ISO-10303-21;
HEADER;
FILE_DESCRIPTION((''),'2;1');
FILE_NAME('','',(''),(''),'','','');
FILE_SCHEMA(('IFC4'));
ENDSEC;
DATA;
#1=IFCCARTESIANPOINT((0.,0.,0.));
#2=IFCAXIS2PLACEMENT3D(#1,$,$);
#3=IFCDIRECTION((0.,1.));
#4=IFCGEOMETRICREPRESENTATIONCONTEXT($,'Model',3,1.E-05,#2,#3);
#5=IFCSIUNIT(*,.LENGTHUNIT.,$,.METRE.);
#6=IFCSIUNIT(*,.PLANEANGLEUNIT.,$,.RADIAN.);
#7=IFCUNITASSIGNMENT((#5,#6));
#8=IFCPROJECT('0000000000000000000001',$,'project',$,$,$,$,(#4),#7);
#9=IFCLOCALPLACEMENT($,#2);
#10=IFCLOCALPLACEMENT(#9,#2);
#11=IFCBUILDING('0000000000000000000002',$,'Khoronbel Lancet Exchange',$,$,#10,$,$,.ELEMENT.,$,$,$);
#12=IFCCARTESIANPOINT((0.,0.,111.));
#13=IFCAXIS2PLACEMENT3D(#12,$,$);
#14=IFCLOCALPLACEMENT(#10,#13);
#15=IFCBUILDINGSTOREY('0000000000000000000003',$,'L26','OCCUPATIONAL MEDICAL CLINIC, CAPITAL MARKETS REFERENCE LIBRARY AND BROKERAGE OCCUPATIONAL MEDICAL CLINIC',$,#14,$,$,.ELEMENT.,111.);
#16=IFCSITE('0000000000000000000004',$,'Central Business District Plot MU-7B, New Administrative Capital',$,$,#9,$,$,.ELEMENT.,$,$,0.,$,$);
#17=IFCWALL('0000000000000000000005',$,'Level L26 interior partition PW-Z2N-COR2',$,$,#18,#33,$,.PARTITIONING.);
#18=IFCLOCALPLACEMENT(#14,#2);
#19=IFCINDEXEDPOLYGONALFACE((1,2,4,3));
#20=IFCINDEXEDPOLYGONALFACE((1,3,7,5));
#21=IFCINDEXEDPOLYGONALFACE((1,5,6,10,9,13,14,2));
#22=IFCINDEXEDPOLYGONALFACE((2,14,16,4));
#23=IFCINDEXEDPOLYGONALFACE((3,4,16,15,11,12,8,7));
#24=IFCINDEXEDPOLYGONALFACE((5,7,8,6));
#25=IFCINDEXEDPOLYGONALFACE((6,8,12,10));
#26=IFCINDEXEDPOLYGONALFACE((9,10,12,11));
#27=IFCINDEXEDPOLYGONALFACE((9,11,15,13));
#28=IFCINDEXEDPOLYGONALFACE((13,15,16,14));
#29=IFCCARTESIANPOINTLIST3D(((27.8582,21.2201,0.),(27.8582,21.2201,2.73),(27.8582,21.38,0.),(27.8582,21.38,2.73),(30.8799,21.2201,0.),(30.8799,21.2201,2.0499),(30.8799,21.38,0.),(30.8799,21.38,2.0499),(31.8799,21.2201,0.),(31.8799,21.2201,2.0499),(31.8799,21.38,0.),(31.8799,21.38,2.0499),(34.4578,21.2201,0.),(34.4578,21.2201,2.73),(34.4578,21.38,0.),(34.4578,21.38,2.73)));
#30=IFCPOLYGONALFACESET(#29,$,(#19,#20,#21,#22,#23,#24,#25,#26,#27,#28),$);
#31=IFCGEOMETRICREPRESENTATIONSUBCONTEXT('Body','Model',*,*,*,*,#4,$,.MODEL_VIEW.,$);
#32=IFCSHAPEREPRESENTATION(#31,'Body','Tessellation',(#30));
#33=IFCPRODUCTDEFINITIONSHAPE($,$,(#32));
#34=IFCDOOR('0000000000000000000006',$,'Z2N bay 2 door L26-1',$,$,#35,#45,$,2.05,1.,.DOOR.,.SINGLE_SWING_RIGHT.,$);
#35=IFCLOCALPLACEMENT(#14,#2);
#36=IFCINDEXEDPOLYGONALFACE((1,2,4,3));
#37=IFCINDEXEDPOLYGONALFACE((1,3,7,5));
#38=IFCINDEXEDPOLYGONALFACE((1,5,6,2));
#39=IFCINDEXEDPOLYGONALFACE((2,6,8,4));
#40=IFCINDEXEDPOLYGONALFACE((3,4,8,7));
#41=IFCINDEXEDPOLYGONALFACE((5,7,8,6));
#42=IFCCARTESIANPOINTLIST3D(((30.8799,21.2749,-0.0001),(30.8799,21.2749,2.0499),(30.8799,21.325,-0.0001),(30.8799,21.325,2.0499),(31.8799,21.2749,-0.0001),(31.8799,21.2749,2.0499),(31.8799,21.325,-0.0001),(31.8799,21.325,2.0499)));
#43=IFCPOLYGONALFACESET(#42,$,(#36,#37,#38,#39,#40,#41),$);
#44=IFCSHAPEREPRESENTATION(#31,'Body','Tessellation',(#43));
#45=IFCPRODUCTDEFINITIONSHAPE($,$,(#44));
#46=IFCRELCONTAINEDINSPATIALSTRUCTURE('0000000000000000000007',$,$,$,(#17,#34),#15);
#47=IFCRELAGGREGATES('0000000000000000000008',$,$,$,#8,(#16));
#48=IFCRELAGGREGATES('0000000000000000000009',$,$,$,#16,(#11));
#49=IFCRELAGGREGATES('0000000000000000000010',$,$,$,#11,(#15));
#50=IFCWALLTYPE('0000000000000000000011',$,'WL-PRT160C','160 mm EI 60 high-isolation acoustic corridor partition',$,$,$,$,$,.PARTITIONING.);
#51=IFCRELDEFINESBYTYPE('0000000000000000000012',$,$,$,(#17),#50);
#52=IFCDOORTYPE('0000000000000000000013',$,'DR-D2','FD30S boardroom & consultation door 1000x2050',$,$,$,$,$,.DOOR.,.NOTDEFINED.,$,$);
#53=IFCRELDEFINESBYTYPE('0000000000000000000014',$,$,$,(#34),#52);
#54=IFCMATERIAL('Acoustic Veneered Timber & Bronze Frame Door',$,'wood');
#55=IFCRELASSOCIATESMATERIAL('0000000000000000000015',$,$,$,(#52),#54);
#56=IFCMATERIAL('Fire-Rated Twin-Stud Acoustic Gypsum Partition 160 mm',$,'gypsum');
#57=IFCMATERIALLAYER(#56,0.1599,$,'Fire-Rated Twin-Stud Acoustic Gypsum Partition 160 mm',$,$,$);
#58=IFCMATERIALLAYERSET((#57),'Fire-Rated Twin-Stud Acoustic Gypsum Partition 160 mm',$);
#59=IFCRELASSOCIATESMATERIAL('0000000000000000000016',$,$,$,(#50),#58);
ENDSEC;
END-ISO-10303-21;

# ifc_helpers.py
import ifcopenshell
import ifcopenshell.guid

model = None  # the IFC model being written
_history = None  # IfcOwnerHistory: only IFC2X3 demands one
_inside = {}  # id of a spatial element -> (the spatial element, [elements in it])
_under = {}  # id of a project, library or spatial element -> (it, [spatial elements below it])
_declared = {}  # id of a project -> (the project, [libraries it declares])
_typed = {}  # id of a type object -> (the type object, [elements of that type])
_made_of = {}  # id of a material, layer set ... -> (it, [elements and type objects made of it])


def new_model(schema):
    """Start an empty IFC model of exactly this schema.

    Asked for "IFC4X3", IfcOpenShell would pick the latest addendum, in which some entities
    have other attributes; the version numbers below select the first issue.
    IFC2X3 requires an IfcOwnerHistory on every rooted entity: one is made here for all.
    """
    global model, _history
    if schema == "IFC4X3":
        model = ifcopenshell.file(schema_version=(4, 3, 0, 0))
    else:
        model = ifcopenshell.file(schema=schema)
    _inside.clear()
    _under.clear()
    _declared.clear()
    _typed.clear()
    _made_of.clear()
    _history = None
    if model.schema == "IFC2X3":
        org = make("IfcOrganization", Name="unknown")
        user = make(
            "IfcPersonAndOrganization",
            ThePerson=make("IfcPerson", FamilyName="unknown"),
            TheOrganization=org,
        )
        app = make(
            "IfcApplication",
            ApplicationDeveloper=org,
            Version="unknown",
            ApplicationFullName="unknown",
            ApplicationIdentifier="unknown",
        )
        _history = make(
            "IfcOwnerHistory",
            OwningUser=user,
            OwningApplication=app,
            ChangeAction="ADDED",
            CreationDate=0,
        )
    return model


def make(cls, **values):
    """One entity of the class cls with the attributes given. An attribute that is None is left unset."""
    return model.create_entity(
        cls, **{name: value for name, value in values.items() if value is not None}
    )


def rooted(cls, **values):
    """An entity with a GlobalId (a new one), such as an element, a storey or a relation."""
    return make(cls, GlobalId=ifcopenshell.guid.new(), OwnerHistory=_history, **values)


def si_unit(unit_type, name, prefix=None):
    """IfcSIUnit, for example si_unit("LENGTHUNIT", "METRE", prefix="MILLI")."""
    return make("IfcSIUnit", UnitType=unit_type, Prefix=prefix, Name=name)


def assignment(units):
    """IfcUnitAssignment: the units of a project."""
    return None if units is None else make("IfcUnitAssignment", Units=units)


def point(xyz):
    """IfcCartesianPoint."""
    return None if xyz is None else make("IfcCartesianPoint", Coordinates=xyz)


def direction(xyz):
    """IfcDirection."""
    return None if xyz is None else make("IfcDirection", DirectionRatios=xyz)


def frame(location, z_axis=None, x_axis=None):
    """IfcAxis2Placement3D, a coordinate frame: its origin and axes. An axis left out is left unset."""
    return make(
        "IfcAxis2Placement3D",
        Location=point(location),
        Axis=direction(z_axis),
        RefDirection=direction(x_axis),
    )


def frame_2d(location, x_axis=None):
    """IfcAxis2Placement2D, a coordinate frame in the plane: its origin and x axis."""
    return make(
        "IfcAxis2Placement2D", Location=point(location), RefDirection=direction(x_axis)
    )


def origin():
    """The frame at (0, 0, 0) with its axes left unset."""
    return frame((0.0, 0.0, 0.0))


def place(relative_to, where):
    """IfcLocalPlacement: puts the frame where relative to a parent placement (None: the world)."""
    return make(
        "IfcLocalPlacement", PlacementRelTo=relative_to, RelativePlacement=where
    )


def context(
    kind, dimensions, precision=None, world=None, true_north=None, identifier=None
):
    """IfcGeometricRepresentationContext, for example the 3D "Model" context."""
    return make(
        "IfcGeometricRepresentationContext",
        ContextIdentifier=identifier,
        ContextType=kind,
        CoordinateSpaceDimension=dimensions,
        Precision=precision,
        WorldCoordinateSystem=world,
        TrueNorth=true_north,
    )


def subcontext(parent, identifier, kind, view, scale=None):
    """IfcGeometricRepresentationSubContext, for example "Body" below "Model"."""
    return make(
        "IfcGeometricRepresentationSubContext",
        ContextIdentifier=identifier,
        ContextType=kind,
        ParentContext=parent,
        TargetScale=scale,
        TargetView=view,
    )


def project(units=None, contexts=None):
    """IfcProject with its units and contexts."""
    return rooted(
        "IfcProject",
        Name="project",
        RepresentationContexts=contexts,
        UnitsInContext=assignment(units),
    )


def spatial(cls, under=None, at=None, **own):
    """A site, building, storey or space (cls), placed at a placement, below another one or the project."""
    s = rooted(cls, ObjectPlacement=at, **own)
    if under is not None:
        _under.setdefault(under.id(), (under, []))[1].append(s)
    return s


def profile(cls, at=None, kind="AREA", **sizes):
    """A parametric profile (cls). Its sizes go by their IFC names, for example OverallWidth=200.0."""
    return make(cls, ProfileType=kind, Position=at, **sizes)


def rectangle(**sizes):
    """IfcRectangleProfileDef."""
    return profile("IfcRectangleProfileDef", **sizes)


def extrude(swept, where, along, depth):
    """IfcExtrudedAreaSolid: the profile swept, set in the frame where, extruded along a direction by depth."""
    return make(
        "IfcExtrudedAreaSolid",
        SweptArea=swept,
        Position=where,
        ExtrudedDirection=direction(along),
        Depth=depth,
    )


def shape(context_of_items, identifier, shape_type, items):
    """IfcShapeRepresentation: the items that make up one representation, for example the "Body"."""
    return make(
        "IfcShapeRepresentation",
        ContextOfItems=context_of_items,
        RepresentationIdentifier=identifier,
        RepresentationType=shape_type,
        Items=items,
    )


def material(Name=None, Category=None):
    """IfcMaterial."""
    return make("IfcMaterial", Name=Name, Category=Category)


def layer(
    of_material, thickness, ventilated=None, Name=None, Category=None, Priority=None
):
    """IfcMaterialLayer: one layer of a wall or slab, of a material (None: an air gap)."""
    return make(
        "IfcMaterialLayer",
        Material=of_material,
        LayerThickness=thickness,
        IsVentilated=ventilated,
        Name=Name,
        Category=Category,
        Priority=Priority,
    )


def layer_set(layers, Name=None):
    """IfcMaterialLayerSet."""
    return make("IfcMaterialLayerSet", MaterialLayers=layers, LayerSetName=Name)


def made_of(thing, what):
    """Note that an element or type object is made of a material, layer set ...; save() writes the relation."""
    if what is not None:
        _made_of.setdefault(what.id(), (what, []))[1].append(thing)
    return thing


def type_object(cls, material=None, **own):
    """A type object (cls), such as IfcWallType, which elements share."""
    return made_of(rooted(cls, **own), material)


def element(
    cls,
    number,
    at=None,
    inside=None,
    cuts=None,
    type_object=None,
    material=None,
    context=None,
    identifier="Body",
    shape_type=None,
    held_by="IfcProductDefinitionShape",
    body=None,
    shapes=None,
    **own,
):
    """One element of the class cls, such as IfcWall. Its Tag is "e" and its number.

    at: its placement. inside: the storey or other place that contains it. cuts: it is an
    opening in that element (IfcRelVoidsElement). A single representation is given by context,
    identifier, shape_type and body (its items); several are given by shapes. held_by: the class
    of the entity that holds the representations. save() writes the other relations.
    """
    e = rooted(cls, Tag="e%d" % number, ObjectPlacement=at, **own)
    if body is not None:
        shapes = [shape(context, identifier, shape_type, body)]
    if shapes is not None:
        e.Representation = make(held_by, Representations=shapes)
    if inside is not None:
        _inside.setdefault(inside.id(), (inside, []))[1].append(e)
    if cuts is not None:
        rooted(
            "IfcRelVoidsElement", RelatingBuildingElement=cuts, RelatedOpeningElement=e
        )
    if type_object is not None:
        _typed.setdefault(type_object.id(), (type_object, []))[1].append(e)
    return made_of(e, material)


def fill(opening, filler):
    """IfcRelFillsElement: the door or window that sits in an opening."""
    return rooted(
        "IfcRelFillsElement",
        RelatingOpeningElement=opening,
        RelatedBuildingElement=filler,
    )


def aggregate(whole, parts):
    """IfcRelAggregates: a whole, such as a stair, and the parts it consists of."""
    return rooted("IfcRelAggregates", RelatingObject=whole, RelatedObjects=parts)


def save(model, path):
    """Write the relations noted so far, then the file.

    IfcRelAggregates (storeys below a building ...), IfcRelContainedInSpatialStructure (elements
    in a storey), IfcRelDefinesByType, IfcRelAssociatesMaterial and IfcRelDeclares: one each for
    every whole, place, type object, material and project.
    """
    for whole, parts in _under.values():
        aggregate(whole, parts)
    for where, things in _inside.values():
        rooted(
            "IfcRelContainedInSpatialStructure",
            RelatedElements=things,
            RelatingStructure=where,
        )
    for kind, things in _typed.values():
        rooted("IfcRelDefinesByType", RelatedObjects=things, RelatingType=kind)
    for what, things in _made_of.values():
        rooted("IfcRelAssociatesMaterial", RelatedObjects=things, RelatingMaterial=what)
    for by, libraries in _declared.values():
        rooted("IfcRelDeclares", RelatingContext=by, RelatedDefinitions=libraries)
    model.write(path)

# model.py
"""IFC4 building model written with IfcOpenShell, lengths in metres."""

from ifc_helpers import new_model, si_unit, direction, frame, frame_2d, origin, place, context, subcontext, project, spatial, rectangle, extrude, material, layer, layer_set, type_object, element, fill, save


model = new_model("IFC4")

# Units and contexts
model_context = context("Model", 3, precision=1e-05, world=origin(), true_north=direction((0.0, 1.0)))
body_context = subcontext(model_context, "Body", "Model", "MODEL_VIEW")
ifc_project = project(units=[si_unit("LENGTHUNIT", "METRE"), si_unit("PLANEANGLEUNIT", "RADIAN")], contexts=[model_context])

# Site, building, storey
site_placement = place(None, origin())
site = spatial("IfcSite", under=ifc_project, at=site_placement, Name="Central Business District Plot MU-7B, New Administrative Capital", CompositionType="ELEMENT", RefElevation=0.0)
building_placement = place(site_placement, origin())
building = spatial("IfcBuilding", under=site, at=building_placement, Name="Khoronbel Lancet Exchange", CompositionType="ELEMENT")
storey_placement = place(building_placement, frame((0.0, 0.0, 111.0)))
storey = spatial("IfcBuildingStorey", under=building, at=storey_placement, Name="L26", Description="OCCUPATIONAL MEDICAL CLINIC, CAPITAL MARKETS REFERENCE LIBRARY AND BROKERAGE OCCUPATIONAL MEDICAL CLINIC", CompositionType="ELEMENT", Elevation=111.0)

# Shared definitions
ifc_material_1 = material(Name="Acoustic Veneered Timber & Bronze Frame Door", Category="wood")
door_type_1 = type_object("IfcDoorType", Name="DR-D2", Description="FD30S boardroom & consultation door 1000x2050", OperationType="NOTDEFINED", PredefinedType="DOOR", material=ifc_material_1)

# Wall, opening, door
ifc_material_2 = material(Name="Fire-Rated Twin-Stud Acoustic Gypsum Partition 160 mm", Category="gypsum")
ifc_layer_1 = layer(ifc_material_2, 0.1599, Name="Fire-Rated Twin-Stud Acoustic Gypsum Partition 160 mm")
ifc_layer_set_1 = layer_set([ifc_layer_1], Name="Fire-Rated Twin-Stud Acoustic Gypsum Partition 160 mm")
wall_type_1 = type_object("IfcWallType", Name="WL-PRT160C", Description="160 mm EI 60 high-isolation acoustic corridor partition", PredefinedType="PARTITIONING", material=ifc_layer_set_1)
wall_1_placement = place(storey_placement, frame((27.8582, 21.3, 0.0), z_axis=(0.0, 0.0, 1.0), x_axis=(1.0, 0.0, 0.0)))
wall_1 = element("IfcWall", 1, at=wall_1_placement, inside=storey, type_object=wall_type_1, Name="Level L26 interior partition PW-Z2N-COR2", PredefinedType="PARTITIONING", context=body_context, shape_type="SweptSolid", body=[
    extrude(rectangle(XDim=6.5996, YDim=0.1599, at=frame_2d((3.2998, 0.0))), origin(), (0.0, 0.0, 1.0), 2.73),
])
opening_1_placement = place(wall_1_placement, frame((3.0217, 0.0, 0.0)))
opening_1 = element("IfcOpeningElement", 2, at=opening_1_placement, cuts=wall_1, PredefinedType="OPENING", context=body_context, shape_type="SweptSolid", body=[
    extrude(rectangle(XDim=1.0, YDim=2.05, at=frame_2d((0.5, 1.0249))), frame((0.0, 0.0898, 0.0), z_axis=(0.0, -1.0, 0.0), x_axis=(1.0, 0.0, 0.0)), (0.0, 0.0, 1.0), 0.1799),
])
door_1_placement = place(opening_1_placement, origin())
door_1 = element("IfcDoor", 3, at=door_1_placement, inside=storey, type_object=door_type_1, Name="Z2N bay 2 door L26-1", OperationType="SINGLE_SWING_RIGHT", OverallHeight=2.05, OverallWidth=1.0, PredefinedType="DOOR", context=body_context, shape_type="SweptSolid", body=[
    extrude(rectangle(XDim=1.0, YDim=2.05, at=frame_2d((0.5, 1.0249))), frame((0.0, 0.0249, 0.0), z_axis=(0.0, -1.0, 0.0), x_axis=(1.0, 0.0, 0.0)), (0.0, 0.0, 1.0), 0.05),
])
fill(opening_1, door_1)

save(model, "model.ifc")
